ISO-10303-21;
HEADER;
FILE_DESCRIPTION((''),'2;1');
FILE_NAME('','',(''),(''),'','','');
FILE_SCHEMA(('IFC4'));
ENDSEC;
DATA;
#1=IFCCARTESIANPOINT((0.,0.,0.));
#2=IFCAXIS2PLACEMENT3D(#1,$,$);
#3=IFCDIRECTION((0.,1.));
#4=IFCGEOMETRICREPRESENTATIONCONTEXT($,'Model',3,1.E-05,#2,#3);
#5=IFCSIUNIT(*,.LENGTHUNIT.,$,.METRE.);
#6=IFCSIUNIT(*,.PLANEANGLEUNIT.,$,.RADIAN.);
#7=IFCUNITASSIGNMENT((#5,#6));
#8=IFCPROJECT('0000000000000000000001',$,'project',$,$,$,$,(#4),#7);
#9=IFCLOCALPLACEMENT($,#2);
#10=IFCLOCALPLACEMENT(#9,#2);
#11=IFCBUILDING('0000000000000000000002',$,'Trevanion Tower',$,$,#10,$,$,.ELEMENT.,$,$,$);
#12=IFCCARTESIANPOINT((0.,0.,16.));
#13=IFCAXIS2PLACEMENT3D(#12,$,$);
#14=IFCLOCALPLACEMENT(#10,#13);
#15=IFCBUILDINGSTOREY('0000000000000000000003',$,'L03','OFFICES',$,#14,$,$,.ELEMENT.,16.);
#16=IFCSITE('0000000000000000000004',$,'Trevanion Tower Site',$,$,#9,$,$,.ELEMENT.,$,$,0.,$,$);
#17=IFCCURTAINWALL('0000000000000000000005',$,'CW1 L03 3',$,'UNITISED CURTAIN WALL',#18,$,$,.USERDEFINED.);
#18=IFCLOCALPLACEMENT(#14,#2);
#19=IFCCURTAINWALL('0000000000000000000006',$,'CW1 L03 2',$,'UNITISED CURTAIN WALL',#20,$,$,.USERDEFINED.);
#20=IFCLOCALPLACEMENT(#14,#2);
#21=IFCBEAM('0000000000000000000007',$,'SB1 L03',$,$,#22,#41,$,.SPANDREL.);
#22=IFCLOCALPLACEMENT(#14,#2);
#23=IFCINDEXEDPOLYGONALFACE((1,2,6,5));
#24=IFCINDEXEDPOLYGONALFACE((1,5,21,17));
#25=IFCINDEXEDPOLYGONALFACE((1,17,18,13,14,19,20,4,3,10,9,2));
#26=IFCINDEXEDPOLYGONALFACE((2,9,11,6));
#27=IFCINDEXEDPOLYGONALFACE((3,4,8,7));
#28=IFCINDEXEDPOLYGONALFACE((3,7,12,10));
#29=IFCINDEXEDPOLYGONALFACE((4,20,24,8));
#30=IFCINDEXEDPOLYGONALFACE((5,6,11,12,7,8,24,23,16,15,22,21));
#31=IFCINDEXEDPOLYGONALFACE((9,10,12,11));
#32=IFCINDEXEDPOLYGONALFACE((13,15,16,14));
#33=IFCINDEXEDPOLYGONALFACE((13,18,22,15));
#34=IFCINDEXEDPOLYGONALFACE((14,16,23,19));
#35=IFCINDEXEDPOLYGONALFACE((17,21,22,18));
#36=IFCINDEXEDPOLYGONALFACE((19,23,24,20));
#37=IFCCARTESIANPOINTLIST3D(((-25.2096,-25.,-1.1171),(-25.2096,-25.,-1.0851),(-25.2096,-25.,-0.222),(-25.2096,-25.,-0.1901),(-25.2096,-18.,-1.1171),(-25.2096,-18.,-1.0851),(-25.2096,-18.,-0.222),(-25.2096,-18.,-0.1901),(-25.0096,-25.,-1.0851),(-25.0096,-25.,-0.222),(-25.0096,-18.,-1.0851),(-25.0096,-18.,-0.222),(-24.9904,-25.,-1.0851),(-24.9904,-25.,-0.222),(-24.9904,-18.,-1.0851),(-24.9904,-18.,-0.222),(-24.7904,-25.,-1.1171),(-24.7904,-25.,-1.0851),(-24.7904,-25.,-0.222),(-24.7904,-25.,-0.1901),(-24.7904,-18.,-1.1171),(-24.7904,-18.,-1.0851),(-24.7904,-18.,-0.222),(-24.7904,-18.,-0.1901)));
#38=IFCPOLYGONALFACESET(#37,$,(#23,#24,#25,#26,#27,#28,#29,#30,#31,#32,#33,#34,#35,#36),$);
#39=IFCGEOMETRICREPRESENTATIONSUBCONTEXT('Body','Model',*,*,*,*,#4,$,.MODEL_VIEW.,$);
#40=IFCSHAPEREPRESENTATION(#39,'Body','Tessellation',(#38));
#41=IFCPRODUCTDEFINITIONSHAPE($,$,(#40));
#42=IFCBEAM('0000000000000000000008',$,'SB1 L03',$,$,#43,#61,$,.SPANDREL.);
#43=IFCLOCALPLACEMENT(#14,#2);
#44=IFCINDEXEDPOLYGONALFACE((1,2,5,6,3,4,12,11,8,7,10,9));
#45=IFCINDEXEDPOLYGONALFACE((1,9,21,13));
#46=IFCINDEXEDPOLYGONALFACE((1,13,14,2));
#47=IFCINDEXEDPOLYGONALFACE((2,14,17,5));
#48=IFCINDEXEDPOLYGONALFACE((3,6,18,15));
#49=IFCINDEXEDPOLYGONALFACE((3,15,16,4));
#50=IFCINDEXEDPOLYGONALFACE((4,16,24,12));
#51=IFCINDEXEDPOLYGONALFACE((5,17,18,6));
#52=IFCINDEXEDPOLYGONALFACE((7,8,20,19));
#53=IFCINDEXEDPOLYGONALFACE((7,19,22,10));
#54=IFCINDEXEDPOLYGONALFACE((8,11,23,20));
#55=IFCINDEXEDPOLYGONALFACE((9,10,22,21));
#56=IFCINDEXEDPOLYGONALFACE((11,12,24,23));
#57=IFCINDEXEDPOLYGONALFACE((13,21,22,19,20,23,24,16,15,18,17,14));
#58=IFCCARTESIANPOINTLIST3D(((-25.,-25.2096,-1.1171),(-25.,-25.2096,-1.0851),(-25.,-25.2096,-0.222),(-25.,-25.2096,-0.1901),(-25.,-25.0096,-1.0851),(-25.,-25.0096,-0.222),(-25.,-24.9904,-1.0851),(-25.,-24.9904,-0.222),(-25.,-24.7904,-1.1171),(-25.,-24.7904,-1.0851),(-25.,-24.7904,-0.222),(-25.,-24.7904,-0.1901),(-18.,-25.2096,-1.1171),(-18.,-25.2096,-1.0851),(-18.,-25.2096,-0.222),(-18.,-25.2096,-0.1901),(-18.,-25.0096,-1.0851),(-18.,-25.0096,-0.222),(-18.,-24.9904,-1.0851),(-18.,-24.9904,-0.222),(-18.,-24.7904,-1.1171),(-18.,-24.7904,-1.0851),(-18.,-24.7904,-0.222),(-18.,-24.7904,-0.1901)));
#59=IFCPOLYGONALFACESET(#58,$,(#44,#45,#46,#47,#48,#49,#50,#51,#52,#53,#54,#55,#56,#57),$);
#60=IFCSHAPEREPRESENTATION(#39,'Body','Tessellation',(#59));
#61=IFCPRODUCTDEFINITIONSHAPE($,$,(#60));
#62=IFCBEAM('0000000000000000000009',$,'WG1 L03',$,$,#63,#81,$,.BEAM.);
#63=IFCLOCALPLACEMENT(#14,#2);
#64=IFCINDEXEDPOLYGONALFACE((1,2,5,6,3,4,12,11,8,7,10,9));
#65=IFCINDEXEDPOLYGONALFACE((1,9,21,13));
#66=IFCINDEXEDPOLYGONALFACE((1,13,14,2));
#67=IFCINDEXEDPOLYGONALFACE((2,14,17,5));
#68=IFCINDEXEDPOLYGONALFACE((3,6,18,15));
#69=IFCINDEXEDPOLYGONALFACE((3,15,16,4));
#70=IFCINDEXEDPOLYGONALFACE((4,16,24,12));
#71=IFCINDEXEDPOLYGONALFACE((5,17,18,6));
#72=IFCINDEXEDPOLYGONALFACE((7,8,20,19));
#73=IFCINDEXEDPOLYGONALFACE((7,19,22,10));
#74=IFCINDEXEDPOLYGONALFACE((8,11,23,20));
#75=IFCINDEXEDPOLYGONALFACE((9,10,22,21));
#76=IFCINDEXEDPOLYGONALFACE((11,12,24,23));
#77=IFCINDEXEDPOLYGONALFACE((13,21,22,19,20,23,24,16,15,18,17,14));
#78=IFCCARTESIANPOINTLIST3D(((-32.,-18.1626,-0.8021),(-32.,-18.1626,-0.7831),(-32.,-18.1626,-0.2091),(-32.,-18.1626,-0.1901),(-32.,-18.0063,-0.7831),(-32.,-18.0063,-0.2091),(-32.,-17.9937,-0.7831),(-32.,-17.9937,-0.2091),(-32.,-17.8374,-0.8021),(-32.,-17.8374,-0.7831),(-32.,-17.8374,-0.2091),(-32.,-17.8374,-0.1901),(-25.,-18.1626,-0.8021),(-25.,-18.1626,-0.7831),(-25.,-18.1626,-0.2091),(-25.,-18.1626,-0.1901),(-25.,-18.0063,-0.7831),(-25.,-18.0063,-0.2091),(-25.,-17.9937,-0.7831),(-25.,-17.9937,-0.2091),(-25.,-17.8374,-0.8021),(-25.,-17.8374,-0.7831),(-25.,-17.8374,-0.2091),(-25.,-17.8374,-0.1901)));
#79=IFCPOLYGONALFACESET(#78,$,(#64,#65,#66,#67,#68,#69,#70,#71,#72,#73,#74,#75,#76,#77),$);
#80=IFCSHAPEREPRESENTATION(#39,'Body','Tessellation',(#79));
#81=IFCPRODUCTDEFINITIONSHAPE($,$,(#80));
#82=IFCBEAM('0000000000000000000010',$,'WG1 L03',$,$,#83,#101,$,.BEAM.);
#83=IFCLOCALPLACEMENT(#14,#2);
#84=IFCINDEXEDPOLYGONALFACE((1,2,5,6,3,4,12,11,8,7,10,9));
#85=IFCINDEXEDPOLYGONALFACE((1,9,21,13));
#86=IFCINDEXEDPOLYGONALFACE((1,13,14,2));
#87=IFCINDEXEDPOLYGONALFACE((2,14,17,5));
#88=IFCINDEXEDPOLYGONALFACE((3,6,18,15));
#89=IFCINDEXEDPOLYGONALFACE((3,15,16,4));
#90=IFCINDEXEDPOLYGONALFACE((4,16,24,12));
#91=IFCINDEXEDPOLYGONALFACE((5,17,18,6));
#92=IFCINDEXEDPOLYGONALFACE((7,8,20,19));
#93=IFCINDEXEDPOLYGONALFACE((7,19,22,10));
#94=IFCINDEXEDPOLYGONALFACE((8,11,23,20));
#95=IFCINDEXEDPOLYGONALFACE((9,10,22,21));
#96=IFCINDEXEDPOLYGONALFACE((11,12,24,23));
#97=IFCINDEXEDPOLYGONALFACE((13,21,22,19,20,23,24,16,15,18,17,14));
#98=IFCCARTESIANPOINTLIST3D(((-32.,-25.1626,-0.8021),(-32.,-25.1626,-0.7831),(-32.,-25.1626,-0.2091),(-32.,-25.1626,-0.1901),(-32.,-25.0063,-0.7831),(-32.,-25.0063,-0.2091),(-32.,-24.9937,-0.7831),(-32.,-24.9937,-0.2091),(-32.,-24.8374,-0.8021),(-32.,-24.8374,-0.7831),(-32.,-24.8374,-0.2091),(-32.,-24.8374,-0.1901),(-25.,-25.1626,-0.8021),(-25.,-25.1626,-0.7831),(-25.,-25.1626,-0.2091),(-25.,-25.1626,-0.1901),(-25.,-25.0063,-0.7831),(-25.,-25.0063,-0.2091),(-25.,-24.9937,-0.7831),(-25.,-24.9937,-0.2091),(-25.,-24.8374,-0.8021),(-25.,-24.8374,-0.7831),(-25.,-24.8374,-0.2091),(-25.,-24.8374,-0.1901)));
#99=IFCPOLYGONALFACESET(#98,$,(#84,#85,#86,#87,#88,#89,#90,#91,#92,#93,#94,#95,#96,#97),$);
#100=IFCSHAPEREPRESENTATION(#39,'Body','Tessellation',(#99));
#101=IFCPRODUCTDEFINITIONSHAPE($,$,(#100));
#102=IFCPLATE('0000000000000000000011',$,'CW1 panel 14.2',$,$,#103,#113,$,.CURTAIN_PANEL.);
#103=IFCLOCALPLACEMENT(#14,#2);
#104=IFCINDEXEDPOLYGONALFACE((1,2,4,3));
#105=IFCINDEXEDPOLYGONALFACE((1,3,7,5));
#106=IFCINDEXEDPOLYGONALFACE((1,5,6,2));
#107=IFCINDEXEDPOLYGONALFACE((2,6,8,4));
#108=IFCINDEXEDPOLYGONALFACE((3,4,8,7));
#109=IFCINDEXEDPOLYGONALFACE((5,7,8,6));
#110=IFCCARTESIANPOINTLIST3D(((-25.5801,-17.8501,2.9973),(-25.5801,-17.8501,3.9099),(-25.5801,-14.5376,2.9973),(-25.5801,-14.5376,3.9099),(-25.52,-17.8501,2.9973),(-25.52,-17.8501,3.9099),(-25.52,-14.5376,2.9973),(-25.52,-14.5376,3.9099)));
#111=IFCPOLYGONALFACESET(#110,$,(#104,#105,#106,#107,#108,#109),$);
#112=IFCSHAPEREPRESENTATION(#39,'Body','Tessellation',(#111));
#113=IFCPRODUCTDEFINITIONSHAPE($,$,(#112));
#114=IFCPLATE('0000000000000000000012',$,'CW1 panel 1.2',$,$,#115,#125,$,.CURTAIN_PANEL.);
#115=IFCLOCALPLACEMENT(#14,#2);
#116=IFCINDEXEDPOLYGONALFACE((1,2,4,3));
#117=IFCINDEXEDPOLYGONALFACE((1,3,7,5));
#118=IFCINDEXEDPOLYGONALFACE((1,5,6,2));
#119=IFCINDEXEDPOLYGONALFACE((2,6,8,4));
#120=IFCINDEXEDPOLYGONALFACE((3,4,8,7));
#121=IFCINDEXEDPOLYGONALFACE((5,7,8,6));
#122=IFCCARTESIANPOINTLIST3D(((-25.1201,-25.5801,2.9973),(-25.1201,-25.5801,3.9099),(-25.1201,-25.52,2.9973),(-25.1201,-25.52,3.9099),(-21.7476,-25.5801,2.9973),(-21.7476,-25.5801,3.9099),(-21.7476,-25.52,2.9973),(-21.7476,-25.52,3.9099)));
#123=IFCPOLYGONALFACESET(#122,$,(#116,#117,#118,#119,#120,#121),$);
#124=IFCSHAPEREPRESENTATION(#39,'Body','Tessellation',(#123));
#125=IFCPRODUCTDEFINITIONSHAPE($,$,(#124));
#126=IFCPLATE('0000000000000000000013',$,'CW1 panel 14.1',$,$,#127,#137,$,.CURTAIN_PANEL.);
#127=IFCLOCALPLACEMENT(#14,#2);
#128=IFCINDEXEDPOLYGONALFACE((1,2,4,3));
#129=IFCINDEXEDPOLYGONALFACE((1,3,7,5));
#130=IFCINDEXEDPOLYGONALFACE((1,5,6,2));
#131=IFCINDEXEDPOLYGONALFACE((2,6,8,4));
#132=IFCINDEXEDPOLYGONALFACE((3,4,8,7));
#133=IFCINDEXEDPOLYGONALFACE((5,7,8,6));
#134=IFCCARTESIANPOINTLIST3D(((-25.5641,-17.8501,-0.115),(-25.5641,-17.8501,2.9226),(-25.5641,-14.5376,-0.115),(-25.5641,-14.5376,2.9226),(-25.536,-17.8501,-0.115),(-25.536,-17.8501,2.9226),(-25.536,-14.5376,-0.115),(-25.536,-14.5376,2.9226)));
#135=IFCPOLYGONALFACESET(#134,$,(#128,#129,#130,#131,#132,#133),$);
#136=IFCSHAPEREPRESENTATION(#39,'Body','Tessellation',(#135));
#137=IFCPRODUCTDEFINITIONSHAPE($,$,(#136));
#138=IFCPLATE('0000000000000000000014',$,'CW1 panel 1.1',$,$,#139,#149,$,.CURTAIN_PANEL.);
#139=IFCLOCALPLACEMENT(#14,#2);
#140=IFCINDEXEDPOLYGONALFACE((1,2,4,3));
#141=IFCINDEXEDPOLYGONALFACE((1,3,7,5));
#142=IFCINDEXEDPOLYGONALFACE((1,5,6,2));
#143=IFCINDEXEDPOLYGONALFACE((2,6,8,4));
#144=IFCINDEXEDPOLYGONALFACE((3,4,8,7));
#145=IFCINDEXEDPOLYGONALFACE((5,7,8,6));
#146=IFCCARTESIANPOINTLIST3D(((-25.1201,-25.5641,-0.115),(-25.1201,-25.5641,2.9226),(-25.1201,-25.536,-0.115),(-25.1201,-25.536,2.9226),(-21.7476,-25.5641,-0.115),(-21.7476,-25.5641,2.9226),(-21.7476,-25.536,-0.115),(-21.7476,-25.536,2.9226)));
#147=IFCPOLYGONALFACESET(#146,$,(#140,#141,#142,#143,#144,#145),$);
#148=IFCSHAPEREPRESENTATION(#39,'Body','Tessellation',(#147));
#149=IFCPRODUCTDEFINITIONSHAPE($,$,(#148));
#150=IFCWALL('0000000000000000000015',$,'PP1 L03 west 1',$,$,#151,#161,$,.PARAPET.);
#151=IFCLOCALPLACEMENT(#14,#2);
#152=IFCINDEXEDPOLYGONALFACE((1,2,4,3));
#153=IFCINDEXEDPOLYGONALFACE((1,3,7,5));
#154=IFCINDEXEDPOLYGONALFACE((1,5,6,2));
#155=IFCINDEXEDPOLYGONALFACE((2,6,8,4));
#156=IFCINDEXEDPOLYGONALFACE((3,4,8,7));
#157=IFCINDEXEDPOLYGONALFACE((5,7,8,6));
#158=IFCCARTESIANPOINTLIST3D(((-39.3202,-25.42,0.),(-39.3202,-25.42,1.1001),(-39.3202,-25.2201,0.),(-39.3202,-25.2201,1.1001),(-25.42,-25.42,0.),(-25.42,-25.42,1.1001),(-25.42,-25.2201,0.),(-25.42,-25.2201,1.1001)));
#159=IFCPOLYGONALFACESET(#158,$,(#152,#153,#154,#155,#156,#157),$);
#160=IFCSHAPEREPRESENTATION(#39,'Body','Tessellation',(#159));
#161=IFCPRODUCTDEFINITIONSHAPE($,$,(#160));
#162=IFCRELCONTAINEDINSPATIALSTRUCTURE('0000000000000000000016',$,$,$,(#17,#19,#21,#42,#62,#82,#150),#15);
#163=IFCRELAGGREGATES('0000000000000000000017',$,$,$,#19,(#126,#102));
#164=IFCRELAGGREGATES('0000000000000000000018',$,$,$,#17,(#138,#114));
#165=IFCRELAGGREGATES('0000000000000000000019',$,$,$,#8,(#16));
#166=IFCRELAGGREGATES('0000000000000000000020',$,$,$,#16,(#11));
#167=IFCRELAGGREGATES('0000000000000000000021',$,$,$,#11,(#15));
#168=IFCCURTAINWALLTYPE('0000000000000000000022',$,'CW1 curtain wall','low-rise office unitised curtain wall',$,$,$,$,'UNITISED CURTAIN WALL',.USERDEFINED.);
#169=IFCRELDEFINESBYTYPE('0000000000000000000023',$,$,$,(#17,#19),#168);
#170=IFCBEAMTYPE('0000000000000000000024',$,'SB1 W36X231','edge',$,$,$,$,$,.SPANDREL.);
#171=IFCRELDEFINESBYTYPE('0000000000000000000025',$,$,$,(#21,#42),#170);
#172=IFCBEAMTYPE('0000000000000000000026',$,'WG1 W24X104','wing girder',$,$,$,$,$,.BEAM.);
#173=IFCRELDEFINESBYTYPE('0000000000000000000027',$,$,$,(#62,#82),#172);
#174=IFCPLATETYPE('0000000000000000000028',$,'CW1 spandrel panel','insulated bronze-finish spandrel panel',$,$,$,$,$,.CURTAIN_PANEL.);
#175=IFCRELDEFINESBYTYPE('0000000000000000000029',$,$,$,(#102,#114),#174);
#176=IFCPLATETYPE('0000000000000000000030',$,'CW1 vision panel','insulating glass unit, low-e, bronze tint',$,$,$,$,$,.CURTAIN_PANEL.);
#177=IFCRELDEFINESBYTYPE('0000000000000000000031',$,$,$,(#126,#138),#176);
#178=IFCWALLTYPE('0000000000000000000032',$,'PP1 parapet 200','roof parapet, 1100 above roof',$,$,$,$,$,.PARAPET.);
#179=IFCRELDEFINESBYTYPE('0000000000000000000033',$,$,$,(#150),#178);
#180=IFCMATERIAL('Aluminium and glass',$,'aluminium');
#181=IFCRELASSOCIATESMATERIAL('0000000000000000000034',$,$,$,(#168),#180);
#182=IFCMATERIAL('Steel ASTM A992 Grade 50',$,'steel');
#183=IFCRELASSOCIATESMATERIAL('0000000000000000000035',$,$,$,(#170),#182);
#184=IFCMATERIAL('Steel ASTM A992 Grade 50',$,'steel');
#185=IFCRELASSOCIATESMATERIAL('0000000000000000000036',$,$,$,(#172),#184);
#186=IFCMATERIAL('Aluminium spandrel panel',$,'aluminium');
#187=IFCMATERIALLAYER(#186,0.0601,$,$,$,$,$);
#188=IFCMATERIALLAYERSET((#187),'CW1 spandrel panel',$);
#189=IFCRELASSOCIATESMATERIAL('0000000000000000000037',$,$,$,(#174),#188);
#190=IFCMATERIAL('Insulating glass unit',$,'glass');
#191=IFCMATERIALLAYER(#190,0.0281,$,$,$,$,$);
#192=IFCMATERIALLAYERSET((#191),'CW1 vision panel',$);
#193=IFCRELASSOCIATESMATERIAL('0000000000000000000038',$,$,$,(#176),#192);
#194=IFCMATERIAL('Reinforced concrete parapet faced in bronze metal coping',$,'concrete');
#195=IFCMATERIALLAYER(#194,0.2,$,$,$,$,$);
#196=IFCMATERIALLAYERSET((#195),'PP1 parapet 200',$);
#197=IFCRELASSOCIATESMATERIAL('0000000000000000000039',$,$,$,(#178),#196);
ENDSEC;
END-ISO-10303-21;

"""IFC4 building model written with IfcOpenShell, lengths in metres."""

from ifc_helpers import new_model, si_unit, direction, frame, frame_2d, origin, origin_2d, place, context, subcontext, project, spatial, rectangle, i_section, extrude, material, layer, layer_set, material_profile, profile_set, type_object, element, aggregate, save


model = new_model("IFC4")

# Units and contexts
model_context = context("Model", 3, precision=1e-05, world=origin(), true_north=direction((0.0, 1.0)))
body_context = subcontext(model_context, "Body", "Model", "MODEL_VIEW")
ifc_project = project(units=[si_unit("LENGTHUNIT", "METRE"), si_unit("PLANEANGLEUNIT", "RADIAN")], contexts=[model_context])

# Site, building, storey
site_placement = place(None, origin())
site = spatial("IfcSite", under=ifc_project, at=site_placement, Name="Trevanion Tower Site", CompositionType="ELEMENT", RefElevation=0.0)
building_placement = place(site_placement, origin())
building = spatial("IfcBuilding", under=site, at=building_placement, Name="Trevanion Tower", CompositionType="ELEMENT")
storey_placement = place(building_placement, frame((0.0, 0.0, 16.0)))
storey = spatial("IfcBuildingStorey", under=building, at=storey_placement, Name="L03", Description="OFFICES", CompositionType="ELEMENT", Elevation=16.0)

# Curtain walls
ifc_material_1 = material(Name="Aluminium and glass", Category="aluminium")
curtain_wall_type = type_object("IfcCurtainWallType", Name="CW1 curtain wall", Description="low-rise office unitised curtain wall", ElementType="UNITISED CURTAIN WALL", PredefinedType="USERDEFINED", material=ifc_material_1)
curtain_wall_1_placement = place(storey_placement, origin())
curtain_wall_1 = element("IfcCurtainWall", 1, at=curtain_wall_1_placement, inside=storey, type_object=curtain_wall_type, Name="CW1 L03 3", ObjectType="UNITISED CURTAIN WALL", PredefinedType="USERDEFINED")
curtain_wall_2_placement = place(storey_placement, origin())
curtain_wall_2 = element("IfcCurtainWall", 2, at=curtain_wall_2_placement, inside=storey, type_object=curtain_wall_type, Name="CW1 L03 2", ObjectType="UNITISED CURTAIN WALL", PredefinedType="USERDEFINED")

# Beams
ifc_material_2 = material(Name="Steel ASTM A992 Grade 50", Category="steel")
ifc_material_profile_1 = material_profile(ifc_material_2, i_section(OverallWidth=0.4192, OverallDepth=0.927, WebThickness=0.0193, FlangeThickness=0.032, at=origin_2d()), Name="W36X231")
ifc_profile_set_1 = profile_set([ifc_material_profile_1], Name="Steel ASTM A992 Grade 50")
beam_type_1 = type_object("IfcBeamType", Name="SB1 W36X231", Description="edge", PredefinedType="SPANDREL", material=ifc_profile_set_1)
for number, where, z_axis, x_axis, name in (
    (3, (-25.0, -18.0, -0.6536), (0.0, -1.0, 0.0), (1.0, 0.0, 0.0), "SB1 L03"),
    (4, (-25.0, -25.0, -0.6536), (1.0, 0.0, 0.0), (0.0, 1.0, 0.0), "SB1 L03"),
):
    element("IfcBeam", number, at=place(storey_placement, frame(where, z_axis=z_axis, x_axis=x_axis)), inside=storey, type_object=beam_type_1, Name=name, PredefinedType="SPANDREL", context=body_context, shape_type="SweptSolid", body=[
        extrude(i_section(OverallWidth=0.4192, OverallDepth=0.927, WebThickness=0.0193, FlangeThickness=0.032, at=origin_2d()), origin(), (0.0, 0.0, 1.0), 7.0),
    ])
ifc_material_3 = material(Name="Steel ASTM A992 Grade 50", Category="steel")
ifc_material_profile_2 = material_profile(ifc_material_3, i_section(OverallWidth=0.3252, OverallDepth=0.6121, WebThickness=0.0127, FlangeThickness=0.019, at=origin_2d()), Name="W24X104")
ifc_profile_set_2 = profile_set([ifc_material_profile_2], Name="Steel ASTM A992 Grade 50")
beam_type_2 = type_object("IfcBeamType", Name="WG1 W24X104", Description="wing girder", PredefinedType="BEAM", material=ifc_profile_set_2)
for number, where, z_axis, x_axis, name in (
    (5, (-25.0, -18.0, -0.4961), (-1.0, 0.0, 0.0), (0.0, -1.0, 0.0), "WG1 L03"),
    (6, (-25.0, -25.0, -0.4961), (-1.0, 0.0, 0.0), (0.0, -1.0, 0.0), "WG1 L03"),
):
    element("IfcBeam", number, at=place(storey_placement, frame(where, z_axis=z_axis, x_axis=x_axis)), inside=storey, type_object=beam_type_2, Name=name, PredefinedType="BEAM", context=body_context, shape_type="SweptSolid", body=[
        extrude(i_section(OverallWidth=0.3252, OverallDepth=0.6121, WebThickness=0.0127, FlangeThickness=0.019, at=origin_2d()), origin(), (0.0, 0.0, 1.0), 7.0),
    ])

# Plates
ifc_material_4 = material(Name="Aluminium spandrel panel", Category="aluminium")
ifc_layer_1 = layer(ifc_material_4, 0.0601)
ifc_layer_set_1 = layer_set([ifc_layer_1], Name="CW1 spandrel panel")
plate_type_1 = type_object("IfcPlateType", Name="CW1 spandrel panel", Description="insulated bronze-finish spandrel panel", PredefinedType="CURTAIN_PANEL", material=ifc_layer_set_1)
plate_1_placement = place(storey_placement, frame((-25.55, -16.1938, 2.9973), z_axis=(0.0, 0.0, 1.0), x_axis=(0.0, -1.0, 0.0)))
plate_1 = element("IfcPlate", 7, at=plate_1_placement, type_object=plate_type_1, Name="CW1 panel 14.2", PredefinedType="CURTAIN_PANEL", context=body_context, shape_type="SweptSolid", body=[
    extrude(rectangle(XDim=3.3125, YDim=0.0601, at=origin_2d()), origin(), (0.0, 0.0, 1.0), 0.9126),
])
plate_2_placement = place(storey_placement, frame((-23.4338, -25.55, 2.9973), z_axis=(0.0, 0.0, 1.0), x_axis=(1.0, 0.0, 0.0)))
plate_2 = element("IfcPlate", 8, at=plate_2_placement, type_object=plate_type_1, Name="CW1 panel 1.2", PredefinedType="CURTAIN_PANEL", context=body_context, shape_type="SweptSolid", body=[
    extrude(rectangle(XDim=3.3726, YDim=0.0601, at=origin_2d()), origin(), (0.0, 0.0, 1.0), 0.9126),
])
ifc_material_5 = material(Name="Insulating glass unit", Category="glass")
ifc_layer_2 = layer(ifc_material_5, 0.0281)
ifc_layer_set_2 = layer_set([ifc_layer_2], Name="CW1 vision panel")
plate_type_2 = type_object("IfcPlateType", Name="CW1 vision panel", Description="insulating glass unit, low-e, bronze tint", PredefinedType="CURTAIN_PANEL", material=ifc_layer_set_2)
plate_3_placement = place(storey_placement, frame((-25.55, -16.1938, -0.115), z_axis=(0.0, 0.0, 1.0), x_axis=(0.0, -1.0, 0.0)))
plate_3 = element("IfcPlate", 9, at=plate_3_placement, type_object=plate_type_2, Name="CW1 panel 14.1", PredefinedType="CURTAIN_PANEL", context=body_context, shape_type="SweptSolid", body=[
    extrude(rectangle(XDim=3.3125, YDim=0.0281, at=origin_2d()), origin(), (0.0, 0.0, 1.0), 3.0376),
])
aggregate(curtain_wall_2, [plate_3, plate_1])
plate_4_placement = place(storey_placement, frame((-23.4338, -25.55, -0.115), z_axis=(0.0, 0.0, 1.0), x_axis=(1.0, 0.0, 0.0)))
plate_4 = element("IfcPlate", 10, at=plate_4_placement, type_object=plate_type_2, Name="CW1 panel 1.1", PredefinedType="CURTAIN_PANEL", context=body_context, shape_type="SweptSolid", body=[
    extrude(rectangle(XDim=3.3726, YDim=0.0281, at=origin_2d()), origin(), (0.0, 0.0, 1.0), 3.0376),
])
aggregate(curtain_wall_1, [plate_4, plate_2])

# Wall
ifc_material_6 = material(Name="Reinforced concrete parapet faced in bronze metal coping", Category="concrete")
ifc_layer_3 = layer(ifc_material_6, 0.2)
ifc_layer_set_3 = layer_set([ifc_layer_3], Name="PP1 parapet 200")
wall_type = type_object("IfcWallType", Name="PP1 parapet 200", Description="roof parapet, 1100 above roof", PredefinedType="PARAPET", material=ifc_layer_set_3)
wall_placement = place(storey_placement, frame((-25.4199, -25.3201, 0.0), z_axis=(0.0, 0.0, 1.0), x_axis=(-1.0, 0.0, 0.0)))
element("IfcWall", 11, at=wall_placement, inside=storey, type_object=wall_type, Name="PP1 L03 west 1", PredefinedType="PARAPET", context=body_context, shape_type="SweptSolid", body=[
    extrude(rectangle(XDim=13.9001, YDim=0.2, at=frame_2d((6.9502, 0.0))), origin(), (0.0, 0.0, 1.0), 1.1001),
])

save(model, "model.ifc")
